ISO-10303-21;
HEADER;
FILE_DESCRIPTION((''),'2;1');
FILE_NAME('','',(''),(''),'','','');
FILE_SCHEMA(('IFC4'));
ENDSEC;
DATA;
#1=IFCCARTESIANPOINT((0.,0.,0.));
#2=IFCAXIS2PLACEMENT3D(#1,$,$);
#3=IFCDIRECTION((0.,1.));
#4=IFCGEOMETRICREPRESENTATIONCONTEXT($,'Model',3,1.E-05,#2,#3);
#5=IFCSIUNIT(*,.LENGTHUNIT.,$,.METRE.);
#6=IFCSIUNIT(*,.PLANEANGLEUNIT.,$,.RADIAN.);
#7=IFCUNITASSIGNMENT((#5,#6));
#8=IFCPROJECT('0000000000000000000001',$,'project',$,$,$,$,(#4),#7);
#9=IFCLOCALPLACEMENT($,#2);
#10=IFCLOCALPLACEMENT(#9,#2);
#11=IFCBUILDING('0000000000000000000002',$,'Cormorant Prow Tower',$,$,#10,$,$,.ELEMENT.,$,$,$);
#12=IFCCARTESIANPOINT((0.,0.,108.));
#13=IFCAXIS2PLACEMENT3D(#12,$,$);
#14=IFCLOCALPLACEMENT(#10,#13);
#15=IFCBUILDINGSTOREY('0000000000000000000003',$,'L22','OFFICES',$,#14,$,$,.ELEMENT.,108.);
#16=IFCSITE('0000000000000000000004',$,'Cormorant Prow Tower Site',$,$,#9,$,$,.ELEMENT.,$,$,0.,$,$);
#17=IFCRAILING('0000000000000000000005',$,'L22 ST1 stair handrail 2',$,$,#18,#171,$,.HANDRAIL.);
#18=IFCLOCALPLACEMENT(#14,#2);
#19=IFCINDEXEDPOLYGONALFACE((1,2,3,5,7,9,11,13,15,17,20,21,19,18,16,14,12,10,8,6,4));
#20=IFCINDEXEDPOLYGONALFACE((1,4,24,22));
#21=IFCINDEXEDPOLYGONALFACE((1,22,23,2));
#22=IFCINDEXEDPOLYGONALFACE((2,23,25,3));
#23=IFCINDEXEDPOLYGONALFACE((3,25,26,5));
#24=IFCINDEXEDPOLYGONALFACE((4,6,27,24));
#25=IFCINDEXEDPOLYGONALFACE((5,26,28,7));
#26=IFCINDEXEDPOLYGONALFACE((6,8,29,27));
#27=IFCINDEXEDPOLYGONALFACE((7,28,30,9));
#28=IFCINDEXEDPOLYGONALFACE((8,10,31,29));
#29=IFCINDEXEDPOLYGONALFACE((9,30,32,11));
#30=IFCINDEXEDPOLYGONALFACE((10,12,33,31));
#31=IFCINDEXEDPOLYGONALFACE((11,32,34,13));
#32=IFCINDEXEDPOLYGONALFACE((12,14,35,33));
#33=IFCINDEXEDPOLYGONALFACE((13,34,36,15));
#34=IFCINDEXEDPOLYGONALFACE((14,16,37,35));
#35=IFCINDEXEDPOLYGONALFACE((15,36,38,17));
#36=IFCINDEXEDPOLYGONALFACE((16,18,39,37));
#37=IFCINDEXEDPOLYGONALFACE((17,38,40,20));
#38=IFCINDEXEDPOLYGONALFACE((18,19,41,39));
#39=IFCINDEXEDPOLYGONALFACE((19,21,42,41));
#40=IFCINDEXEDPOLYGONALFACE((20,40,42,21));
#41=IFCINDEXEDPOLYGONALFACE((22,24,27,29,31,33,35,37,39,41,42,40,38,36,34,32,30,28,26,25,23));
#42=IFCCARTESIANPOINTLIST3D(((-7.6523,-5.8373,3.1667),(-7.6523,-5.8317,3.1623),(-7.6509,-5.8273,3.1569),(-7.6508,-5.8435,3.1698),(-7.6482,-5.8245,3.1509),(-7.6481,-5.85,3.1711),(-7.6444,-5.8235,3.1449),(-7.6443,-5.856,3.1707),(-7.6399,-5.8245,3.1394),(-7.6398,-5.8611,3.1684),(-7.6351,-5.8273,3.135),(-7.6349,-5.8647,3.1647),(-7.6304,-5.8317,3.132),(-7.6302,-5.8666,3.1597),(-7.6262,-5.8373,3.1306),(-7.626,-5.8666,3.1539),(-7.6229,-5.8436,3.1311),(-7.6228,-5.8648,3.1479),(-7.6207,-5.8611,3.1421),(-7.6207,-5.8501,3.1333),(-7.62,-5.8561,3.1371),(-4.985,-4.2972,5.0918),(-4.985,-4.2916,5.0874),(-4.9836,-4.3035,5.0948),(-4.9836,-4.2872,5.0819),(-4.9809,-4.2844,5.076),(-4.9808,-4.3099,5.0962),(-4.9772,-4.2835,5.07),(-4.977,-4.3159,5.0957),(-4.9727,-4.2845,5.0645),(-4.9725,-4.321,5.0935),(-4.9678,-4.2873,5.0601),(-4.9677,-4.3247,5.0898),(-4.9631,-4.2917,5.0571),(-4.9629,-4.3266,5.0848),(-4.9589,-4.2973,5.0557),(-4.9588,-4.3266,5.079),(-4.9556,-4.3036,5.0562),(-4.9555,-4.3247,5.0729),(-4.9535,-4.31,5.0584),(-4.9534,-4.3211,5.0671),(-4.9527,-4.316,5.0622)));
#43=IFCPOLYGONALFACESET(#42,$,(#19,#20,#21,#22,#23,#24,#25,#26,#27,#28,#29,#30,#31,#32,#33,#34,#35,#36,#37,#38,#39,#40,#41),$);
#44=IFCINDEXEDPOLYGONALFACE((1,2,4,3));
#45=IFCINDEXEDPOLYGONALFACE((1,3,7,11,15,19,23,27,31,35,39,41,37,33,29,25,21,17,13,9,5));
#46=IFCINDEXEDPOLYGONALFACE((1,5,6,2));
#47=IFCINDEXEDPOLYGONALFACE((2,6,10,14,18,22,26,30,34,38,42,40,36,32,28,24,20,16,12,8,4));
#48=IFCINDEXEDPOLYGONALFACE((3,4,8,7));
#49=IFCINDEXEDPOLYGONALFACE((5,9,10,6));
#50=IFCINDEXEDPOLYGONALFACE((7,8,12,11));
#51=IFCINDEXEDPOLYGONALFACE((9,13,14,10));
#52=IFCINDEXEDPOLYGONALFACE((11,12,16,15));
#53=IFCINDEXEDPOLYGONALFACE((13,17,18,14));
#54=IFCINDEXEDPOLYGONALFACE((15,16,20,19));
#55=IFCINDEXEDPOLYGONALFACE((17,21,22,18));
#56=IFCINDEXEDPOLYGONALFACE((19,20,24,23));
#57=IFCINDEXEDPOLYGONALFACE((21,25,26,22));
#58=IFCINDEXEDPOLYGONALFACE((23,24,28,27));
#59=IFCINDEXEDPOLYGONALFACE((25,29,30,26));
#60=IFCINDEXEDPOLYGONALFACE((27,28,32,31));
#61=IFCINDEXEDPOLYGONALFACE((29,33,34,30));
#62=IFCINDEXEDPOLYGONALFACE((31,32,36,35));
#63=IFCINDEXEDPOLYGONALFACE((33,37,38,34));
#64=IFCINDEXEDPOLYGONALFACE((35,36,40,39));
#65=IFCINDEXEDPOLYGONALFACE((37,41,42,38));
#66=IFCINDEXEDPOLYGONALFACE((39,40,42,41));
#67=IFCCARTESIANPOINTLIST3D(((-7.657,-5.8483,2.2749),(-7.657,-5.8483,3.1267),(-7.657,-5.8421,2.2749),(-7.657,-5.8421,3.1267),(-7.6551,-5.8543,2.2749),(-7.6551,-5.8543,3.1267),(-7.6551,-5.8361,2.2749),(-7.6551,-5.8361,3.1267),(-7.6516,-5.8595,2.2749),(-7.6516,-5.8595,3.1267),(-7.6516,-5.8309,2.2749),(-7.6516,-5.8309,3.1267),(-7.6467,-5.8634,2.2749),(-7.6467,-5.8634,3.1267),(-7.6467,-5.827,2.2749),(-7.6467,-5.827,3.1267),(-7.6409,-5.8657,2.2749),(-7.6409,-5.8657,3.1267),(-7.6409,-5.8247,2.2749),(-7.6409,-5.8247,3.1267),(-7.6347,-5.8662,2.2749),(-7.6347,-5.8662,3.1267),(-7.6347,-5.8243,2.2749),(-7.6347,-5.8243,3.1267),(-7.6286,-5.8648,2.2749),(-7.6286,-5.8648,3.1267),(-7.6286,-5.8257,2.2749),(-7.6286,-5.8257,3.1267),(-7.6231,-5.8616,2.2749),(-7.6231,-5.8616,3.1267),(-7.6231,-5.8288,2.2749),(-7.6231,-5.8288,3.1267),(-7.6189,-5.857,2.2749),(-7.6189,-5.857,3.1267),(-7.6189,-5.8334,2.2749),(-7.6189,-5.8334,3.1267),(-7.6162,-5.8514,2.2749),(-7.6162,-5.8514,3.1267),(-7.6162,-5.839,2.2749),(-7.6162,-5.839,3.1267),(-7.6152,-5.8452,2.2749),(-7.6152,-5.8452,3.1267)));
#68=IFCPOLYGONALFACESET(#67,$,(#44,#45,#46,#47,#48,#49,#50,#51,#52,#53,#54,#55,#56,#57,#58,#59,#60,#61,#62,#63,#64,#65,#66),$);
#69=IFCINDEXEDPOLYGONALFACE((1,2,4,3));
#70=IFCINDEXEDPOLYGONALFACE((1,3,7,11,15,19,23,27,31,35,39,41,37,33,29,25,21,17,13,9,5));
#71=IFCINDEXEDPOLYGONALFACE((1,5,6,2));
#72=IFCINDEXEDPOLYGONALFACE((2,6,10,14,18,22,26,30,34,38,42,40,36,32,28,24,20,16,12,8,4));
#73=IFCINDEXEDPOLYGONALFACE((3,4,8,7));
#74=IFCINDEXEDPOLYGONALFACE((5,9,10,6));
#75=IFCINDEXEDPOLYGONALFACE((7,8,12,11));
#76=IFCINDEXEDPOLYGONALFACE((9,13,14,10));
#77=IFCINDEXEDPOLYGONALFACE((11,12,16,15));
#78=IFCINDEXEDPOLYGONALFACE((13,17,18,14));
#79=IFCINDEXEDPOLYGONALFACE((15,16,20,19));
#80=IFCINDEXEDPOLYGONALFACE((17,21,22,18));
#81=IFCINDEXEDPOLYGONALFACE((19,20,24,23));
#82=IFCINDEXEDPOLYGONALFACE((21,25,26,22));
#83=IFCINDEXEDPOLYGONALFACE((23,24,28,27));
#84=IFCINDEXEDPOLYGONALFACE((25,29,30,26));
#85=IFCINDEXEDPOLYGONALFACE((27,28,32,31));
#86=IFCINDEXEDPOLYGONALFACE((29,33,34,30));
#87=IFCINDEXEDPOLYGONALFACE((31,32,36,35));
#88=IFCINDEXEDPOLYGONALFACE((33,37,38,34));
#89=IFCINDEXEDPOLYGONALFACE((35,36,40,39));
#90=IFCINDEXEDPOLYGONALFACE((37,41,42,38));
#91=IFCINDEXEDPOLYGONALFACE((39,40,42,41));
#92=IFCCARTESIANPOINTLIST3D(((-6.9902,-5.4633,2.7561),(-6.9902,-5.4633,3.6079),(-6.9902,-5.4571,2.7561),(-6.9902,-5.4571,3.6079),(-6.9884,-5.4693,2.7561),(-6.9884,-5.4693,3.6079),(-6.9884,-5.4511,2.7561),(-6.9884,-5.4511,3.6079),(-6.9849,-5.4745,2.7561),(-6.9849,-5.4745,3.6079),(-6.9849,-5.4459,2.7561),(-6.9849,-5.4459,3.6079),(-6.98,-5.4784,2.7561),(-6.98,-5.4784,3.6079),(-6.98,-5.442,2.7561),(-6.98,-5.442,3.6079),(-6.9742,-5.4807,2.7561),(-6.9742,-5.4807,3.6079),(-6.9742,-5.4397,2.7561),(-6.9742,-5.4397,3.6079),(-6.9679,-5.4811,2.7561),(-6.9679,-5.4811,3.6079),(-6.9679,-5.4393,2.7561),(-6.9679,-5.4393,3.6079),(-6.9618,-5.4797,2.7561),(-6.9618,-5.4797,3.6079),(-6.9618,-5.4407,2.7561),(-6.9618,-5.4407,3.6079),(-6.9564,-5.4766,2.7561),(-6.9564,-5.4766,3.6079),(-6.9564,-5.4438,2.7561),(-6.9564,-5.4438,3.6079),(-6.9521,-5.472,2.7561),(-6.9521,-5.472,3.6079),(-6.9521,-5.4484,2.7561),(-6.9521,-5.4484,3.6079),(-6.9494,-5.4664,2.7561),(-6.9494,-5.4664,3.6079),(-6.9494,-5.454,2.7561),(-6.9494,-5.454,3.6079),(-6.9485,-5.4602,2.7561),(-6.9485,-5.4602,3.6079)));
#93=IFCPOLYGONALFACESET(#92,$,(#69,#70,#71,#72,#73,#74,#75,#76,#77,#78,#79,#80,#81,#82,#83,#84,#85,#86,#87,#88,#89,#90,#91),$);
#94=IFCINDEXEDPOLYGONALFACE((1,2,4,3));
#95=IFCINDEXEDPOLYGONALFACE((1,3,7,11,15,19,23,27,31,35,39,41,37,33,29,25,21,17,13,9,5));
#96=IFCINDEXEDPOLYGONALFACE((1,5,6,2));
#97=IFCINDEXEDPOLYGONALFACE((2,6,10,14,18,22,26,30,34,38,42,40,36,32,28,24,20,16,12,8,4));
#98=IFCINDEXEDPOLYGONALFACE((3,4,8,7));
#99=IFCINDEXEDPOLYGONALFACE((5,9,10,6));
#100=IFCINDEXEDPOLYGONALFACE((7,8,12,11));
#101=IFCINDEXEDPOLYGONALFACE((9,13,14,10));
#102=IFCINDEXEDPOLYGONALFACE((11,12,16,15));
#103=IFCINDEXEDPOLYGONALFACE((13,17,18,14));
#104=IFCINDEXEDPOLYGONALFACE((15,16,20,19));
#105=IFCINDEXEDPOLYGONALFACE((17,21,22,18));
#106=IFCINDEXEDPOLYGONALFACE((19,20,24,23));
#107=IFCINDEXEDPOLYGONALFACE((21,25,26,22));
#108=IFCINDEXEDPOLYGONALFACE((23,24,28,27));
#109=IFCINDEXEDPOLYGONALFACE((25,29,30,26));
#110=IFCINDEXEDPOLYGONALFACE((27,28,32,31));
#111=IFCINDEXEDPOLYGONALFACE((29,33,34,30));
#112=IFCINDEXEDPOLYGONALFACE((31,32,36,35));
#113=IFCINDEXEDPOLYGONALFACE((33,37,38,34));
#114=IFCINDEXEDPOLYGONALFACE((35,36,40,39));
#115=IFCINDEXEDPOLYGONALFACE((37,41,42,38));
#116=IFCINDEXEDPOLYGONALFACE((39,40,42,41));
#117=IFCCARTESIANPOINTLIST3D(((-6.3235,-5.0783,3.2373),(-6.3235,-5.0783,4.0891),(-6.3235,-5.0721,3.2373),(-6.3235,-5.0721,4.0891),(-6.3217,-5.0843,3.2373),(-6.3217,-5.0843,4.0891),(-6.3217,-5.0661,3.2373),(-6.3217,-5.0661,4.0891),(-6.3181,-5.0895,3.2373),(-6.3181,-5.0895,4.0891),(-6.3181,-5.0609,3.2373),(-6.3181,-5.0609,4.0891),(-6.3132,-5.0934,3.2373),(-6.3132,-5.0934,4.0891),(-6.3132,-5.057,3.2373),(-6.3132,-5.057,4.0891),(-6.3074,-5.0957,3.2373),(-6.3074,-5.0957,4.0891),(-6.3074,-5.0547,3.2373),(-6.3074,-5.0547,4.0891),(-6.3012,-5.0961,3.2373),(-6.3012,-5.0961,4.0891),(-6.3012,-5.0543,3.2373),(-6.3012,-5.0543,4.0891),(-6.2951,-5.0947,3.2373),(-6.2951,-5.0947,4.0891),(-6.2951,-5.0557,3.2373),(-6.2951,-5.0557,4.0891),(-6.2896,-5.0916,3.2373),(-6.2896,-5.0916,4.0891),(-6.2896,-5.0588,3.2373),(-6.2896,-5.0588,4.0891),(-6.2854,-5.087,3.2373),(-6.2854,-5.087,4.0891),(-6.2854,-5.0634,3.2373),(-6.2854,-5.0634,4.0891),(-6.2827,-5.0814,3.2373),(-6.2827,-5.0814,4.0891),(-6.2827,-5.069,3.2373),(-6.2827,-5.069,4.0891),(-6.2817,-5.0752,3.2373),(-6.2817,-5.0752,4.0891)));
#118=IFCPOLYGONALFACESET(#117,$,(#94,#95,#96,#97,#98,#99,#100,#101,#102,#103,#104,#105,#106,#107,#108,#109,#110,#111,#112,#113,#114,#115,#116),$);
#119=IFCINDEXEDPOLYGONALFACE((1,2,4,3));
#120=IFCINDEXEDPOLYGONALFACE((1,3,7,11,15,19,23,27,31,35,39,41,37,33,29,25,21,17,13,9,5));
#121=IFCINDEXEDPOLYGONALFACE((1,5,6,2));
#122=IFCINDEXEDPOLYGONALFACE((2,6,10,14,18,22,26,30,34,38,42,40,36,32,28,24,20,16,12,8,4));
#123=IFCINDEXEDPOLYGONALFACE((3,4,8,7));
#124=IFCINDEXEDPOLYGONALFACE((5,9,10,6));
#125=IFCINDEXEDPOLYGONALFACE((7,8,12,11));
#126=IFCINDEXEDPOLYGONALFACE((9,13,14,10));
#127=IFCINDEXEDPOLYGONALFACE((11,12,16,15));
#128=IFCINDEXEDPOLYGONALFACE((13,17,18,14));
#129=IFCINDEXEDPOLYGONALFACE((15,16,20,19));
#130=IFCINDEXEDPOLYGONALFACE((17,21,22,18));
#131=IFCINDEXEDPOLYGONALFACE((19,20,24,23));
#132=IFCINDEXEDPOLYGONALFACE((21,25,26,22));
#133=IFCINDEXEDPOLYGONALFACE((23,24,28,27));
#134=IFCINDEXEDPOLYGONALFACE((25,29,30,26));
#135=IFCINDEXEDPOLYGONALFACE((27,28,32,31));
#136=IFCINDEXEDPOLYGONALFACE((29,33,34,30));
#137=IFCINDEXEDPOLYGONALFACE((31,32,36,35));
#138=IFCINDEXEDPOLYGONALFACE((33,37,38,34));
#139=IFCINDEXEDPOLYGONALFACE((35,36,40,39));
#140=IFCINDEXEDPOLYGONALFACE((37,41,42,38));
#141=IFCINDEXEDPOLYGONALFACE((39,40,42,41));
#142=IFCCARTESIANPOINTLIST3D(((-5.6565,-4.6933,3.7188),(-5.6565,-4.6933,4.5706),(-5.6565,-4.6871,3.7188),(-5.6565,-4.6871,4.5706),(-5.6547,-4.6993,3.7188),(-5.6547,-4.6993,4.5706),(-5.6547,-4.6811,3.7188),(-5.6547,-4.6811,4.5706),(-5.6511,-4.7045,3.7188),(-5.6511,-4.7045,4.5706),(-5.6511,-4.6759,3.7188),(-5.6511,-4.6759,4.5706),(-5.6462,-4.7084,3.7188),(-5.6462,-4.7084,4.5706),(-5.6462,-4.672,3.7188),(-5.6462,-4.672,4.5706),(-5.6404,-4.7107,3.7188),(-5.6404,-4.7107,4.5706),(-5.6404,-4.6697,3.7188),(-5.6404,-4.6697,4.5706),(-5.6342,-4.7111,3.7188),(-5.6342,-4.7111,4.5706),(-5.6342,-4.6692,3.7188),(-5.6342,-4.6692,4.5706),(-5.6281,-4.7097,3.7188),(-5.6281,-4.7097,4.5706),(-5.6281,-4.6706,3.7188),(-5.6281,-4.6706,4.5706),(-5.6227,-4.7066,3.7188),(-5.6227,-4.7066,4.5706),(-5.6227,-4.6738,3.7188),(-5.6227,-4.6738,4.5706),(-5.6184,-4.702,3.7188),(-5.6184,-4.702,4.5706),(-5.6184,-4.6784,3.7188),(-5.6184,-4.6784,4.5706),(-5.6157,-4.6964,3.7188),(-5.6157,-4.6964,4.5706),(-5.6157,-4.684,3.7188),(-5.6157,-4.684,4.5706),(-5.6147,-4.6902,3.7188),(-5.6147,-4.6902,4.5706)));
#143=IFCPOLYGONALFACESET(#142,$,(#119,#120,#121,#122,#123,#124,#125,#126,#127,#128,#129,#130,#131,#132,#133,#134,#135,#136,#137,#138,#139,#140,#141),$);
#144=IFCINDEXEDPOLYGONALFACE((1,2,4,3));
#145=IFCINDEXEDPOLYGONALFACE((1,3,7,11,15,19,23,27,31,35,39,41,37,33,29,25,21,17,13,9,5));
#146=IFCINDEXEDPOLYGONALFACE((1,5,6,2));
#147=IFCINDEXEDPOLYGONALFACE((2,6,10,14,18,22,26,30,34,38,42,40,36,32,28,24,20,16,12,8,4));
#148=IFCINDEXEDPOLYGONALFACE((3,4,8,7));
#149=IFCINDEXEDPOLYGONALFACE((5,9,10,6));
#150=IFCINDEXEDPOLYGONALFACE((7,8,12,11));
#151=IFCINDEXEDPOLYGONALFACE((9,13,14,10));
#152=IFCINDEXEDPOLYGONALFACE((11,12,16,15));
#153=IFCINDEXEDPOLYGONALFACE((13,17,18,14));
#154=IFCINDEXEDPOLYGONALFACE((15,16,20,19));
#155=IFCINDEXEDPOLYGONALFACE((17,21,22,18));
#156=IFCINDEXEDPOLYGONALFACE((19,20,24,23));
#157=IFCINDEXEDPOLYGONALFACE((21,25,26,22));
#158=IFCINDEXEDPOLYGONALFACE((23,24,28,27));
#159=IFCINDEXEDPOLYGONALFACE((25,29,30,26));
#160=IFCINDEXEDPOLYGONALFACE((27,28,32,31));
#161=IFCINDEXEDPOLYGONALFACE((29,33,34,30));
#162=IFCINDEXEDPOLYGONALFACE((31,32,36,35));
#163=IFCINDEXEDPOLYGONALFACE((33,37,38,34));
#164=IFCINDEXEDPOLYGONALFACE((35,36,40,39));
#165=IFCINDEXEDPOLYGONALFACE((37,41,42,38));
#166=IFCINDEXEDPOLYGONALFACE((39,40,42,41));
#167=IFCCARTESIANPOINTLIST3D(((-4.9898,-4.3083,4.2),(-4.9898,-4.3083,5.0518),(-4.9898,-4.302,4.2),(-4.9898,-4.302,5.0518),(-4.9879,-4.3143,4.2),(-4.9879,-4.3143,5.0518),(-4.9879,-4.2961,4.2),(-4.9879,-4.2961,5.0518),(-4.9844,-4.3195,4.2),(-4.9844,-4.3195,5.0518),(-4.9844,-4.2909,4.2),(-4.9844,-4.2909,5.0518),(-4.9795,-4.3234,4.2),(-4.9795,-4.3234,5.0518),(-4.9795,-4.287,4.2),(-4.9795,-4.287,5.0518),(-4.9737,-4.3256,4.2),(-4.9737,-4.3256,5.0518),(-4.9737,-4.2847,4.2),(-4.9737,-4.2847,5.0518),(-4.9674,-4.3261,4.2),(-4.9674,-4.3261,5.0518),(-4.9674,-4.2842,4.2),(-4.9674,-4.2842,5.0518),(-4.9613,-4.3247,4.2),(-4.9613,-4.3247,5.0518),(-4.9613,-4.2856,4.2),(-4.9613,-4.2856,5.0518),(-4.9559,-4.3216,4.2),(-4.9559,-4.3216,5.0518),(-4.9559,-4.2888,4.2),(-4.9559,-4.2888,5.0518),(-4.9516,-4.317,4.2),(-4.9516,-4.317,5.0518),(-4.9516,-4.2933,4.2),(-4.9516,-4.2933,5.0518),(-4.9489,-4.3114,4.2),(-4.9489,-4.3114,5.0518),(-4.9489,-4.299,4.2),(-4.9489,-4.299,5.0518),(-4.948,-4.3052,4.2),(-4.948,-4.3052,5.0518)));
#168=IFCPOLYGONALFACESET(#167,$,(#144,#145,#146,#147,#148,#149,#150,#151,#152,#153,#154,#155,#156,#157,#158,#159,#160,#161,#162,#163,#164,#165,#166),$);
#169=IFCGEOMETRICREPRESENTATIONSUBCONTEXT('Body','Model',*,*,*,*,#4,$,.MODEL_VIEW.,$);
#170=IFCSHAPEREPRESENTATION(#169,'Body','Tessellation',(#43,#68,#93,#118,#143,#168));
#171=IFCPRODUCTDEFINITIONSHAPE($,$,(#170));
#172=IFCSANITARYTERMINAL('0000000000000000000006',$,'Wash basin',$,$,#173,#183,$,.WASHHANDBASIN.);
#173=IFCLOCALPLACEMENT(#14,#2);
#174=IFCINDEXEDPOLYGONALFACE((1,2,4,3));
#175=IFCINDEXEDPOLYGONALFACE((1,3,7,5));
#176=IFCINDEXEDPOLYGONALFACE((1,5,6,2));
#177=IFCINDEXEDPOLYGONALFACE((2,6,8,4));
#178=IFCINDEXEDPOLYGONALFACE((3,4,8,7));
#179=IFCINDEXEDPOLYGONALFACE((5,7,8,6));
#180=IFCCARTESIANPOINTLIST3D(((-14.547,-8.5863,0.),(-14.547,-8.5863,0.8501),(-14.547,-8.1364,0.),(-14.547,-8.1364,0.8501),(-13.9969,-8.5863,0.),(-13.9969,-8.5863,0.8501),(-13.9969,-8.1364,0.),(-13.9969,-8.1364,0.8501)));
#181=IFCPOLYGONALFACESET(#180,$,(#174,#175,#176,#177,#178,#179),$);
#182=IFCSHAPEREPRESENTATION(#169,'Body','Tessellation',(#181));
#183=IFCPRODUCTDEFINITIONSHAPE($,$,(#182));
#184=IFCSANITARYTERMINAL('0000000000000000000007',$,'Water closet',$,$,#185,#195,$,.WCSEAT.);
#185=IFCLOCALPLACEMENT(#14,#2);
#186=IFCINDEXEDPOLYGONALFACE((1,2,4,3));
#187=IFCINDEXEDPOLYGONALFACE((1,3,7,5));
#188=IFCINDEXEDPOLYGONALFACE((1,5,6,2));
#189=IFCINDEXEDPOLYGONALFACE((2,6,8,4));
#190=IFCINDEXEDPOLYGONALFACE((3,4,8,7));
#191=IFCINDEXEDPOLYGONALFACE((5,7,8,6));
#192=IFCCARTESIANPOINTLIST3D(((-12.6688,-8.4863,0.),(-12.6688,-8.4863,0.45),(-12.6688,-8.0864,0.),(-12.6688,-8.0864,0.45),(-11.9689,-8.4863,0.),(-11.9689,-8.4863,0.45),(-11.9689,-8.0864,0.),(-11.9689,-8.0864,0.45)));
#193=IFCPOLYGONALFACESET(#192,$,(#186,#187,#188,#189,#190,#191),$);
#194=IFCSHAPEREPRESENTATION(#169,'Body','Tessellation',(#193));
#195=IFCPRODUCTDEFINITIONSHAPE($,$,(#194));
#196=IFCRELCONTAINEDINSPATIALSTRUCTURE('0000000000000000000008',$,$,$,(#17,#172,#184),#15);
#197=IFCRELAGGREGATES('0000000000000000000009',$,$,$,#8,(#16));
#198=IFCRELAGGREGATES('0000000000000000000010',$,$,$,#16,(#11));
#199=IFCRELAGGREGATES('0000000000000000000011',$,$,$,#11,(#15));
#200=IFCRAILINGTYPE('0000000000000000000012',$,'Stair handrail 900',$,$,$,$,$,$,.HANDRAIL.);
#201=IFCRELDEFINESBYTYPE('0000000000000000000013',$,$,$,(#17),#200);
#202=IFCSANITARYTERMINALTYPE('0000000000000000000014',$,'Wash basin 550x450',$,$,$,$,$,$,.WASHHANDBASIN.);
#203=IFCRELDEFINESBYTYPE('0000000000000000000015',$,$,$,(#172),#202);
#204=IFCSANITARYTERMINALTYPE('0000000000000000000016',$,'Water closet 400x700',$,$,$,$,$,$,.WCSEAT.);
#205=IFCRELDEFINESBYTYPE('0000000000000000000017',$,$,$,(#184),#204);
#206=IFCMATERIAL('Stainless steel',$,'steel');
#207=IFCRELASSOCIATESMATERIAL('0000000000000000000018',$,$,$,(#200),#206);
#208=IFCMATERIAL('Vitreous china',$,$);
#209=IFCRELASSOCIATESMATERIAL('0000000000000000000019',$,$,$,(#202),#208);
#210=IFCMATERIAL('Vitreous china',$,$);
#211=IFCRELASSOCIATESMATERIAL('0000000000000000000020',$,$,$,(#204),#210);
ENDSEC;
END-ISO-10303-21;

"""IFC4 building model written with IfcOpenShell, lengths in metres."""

from ifc_helpers import new_model, si_unit, direction, frame, origin, origin_2d, place, context, subcontext, project, spatial, rectangle, circle, extrude, material, type_object, element, save


model = new_model("IFC4")

# Units and contexts
model_context = context("Model", 3, precision=1e-05, world=origin(), true_north=direction((0.0, 1.0)))
body_context = subcontext(model_context, "Body", "Model", "MODEL_VIEW")
ifc_project = project(units=[si_unit("LENGTHUNIT", "METRE"), si_unit("PLANEANGLEUNIT", "RADIAN")], contexts=[model_context])

# Site, building, storey
site_placement = place(None, origin())
site = spatial("IfcSite", under=ifc_project, at=site_placement, Name="Cormorant Prow Tower Site", CompositionType="ELEMENT", RefElevation=0.0)
building_placement = place(site_placement, origin())
building = spatial("IfcBuilding", under=site, at=building_placement, Name="Cormorant Prow Tower", CompositionType="ELEMENT")
storey_placement = place(building_placement, frame((0.0, 0.0, 108.0)))
storey = spatial("IfcBuildingStorey", under=building, at=storey_placement, Name="L22", Description="OFFICES", CompositionType="ELEMENT", Elevation=108.0)

# Railing
ifc_material_1 = material(Name="Stainless steel", Category="steel")
railing_type_1 = type_object("IfcRailingType", Name="Stair handrail 900", PredefinedType="HANDRAIL", material=ifc_material_1)
railing_1_placement = place(storey_placement, frame((-7.6362, -5.8452, 2.2749)))
element("IfcRailing", 1, at=railing_1_placement, inside=storey, type_object=railing_type_1, Name="L22 ST1 stair handrail 2", PredefinedType="HANDRAIL", context=body_context, shape_type="SweptSolid", body=[
    extrude(circle(Radius=0.0239, at=origin_2d()), frame((0.0, 0.0, 0.876), z_axis=(0.734364, 0.424015, 0.530019), x_axis=(-0.500027, 0.86601, 0.0)), (0.0, 0.0, 1.0), 3.6321),
    extrude(circle(Radius=0.021, at=origin_2d()), origin(), (0.0, 0.0, 1.0), 0.8518),
    extrude(circle(Radius=0.021, at=origin_2d()), frame((0.6667, 0.385, 0.4812)), (0.0, 0.0, 1.0), 0.8518),
    extrude(circle(Radius=0.021, at=origin_2d()), frame((1.3335, 0.77, 0.9624)), (0.0, 0.0, 1.0), 0.8518),
    extrude(circle(Radius=0.021, at=origin_2d()), frame((2.0005, 1.155, 1.4438)), (0.0, 0.0, 1.0), 0.8518),
    extrude(circle(Radius=0.021, at=origin_2d()), frame((2.6672, 1.54, 1.925)), (0.0, 0.0, 1.0), 0.8518),
])

# Sanitary terminals
ifc_material_2 = material(Name="Vitreous china")
sanitary_terminal_type_1 = type_object("IfcSanitaryTerminalType", Name="Wash basin 550x450", PredefinedType="WASHHANDBASIN", material=ifc_material_2)
sanitary_terminal_1_placement = place(storey_placement, frame((-14.272, -8.3613, 0.0), z_axis=(0.0, 0.0, 1.0), x_axis=(1.0, 0.0, 0.0)))
element("IfcSanitaryTerminal", 2, at=sanitary_terminal_1_placement, inside=storey, type_object=sanitary_terminal_type_1, Name="Wash basin", PredefinedType="WASHHANDBASIN", context=body_context, shape_type="SweptSolid", body=[
    extrude(rectangle(XDim=0.55, YDim=0.45, at=origin_2d()), origin(), (0.0, 0.0, 1.0), 0.8501),
])
ifc_material_3 = material(Name="Vitreous china")
sanitary_terminal_type_2 = type_object("IfcSanitaryTerminalType", Name="Water closet 400x700", PredefinedType="WCSEAT", material=ifc_material_3)
sanitary_terminal_2_placement = place(storey_placement, frame((-12.3188, -8.2864, 0.0), z_axis=(0.0, 0.0, 1.0), x_axis=(0.0, 1.0, 0.0)))
element("IfcSanitaryTerminal", 3, at=sanitary_terminal_2_placement, inside=storey, type_object=sanitary_terminal_type_2, Name="Water closet", PredefinedType="WCSEAT", context=body_context, shape_type="SweptSolid", body=[
    extrude(rectangle(XDim=0.3999, YDim=0.7, at=origin_2d()), origin(), (0.0, 0.0, 1.0), 0.45),
])

save(model, "model.ifc")
